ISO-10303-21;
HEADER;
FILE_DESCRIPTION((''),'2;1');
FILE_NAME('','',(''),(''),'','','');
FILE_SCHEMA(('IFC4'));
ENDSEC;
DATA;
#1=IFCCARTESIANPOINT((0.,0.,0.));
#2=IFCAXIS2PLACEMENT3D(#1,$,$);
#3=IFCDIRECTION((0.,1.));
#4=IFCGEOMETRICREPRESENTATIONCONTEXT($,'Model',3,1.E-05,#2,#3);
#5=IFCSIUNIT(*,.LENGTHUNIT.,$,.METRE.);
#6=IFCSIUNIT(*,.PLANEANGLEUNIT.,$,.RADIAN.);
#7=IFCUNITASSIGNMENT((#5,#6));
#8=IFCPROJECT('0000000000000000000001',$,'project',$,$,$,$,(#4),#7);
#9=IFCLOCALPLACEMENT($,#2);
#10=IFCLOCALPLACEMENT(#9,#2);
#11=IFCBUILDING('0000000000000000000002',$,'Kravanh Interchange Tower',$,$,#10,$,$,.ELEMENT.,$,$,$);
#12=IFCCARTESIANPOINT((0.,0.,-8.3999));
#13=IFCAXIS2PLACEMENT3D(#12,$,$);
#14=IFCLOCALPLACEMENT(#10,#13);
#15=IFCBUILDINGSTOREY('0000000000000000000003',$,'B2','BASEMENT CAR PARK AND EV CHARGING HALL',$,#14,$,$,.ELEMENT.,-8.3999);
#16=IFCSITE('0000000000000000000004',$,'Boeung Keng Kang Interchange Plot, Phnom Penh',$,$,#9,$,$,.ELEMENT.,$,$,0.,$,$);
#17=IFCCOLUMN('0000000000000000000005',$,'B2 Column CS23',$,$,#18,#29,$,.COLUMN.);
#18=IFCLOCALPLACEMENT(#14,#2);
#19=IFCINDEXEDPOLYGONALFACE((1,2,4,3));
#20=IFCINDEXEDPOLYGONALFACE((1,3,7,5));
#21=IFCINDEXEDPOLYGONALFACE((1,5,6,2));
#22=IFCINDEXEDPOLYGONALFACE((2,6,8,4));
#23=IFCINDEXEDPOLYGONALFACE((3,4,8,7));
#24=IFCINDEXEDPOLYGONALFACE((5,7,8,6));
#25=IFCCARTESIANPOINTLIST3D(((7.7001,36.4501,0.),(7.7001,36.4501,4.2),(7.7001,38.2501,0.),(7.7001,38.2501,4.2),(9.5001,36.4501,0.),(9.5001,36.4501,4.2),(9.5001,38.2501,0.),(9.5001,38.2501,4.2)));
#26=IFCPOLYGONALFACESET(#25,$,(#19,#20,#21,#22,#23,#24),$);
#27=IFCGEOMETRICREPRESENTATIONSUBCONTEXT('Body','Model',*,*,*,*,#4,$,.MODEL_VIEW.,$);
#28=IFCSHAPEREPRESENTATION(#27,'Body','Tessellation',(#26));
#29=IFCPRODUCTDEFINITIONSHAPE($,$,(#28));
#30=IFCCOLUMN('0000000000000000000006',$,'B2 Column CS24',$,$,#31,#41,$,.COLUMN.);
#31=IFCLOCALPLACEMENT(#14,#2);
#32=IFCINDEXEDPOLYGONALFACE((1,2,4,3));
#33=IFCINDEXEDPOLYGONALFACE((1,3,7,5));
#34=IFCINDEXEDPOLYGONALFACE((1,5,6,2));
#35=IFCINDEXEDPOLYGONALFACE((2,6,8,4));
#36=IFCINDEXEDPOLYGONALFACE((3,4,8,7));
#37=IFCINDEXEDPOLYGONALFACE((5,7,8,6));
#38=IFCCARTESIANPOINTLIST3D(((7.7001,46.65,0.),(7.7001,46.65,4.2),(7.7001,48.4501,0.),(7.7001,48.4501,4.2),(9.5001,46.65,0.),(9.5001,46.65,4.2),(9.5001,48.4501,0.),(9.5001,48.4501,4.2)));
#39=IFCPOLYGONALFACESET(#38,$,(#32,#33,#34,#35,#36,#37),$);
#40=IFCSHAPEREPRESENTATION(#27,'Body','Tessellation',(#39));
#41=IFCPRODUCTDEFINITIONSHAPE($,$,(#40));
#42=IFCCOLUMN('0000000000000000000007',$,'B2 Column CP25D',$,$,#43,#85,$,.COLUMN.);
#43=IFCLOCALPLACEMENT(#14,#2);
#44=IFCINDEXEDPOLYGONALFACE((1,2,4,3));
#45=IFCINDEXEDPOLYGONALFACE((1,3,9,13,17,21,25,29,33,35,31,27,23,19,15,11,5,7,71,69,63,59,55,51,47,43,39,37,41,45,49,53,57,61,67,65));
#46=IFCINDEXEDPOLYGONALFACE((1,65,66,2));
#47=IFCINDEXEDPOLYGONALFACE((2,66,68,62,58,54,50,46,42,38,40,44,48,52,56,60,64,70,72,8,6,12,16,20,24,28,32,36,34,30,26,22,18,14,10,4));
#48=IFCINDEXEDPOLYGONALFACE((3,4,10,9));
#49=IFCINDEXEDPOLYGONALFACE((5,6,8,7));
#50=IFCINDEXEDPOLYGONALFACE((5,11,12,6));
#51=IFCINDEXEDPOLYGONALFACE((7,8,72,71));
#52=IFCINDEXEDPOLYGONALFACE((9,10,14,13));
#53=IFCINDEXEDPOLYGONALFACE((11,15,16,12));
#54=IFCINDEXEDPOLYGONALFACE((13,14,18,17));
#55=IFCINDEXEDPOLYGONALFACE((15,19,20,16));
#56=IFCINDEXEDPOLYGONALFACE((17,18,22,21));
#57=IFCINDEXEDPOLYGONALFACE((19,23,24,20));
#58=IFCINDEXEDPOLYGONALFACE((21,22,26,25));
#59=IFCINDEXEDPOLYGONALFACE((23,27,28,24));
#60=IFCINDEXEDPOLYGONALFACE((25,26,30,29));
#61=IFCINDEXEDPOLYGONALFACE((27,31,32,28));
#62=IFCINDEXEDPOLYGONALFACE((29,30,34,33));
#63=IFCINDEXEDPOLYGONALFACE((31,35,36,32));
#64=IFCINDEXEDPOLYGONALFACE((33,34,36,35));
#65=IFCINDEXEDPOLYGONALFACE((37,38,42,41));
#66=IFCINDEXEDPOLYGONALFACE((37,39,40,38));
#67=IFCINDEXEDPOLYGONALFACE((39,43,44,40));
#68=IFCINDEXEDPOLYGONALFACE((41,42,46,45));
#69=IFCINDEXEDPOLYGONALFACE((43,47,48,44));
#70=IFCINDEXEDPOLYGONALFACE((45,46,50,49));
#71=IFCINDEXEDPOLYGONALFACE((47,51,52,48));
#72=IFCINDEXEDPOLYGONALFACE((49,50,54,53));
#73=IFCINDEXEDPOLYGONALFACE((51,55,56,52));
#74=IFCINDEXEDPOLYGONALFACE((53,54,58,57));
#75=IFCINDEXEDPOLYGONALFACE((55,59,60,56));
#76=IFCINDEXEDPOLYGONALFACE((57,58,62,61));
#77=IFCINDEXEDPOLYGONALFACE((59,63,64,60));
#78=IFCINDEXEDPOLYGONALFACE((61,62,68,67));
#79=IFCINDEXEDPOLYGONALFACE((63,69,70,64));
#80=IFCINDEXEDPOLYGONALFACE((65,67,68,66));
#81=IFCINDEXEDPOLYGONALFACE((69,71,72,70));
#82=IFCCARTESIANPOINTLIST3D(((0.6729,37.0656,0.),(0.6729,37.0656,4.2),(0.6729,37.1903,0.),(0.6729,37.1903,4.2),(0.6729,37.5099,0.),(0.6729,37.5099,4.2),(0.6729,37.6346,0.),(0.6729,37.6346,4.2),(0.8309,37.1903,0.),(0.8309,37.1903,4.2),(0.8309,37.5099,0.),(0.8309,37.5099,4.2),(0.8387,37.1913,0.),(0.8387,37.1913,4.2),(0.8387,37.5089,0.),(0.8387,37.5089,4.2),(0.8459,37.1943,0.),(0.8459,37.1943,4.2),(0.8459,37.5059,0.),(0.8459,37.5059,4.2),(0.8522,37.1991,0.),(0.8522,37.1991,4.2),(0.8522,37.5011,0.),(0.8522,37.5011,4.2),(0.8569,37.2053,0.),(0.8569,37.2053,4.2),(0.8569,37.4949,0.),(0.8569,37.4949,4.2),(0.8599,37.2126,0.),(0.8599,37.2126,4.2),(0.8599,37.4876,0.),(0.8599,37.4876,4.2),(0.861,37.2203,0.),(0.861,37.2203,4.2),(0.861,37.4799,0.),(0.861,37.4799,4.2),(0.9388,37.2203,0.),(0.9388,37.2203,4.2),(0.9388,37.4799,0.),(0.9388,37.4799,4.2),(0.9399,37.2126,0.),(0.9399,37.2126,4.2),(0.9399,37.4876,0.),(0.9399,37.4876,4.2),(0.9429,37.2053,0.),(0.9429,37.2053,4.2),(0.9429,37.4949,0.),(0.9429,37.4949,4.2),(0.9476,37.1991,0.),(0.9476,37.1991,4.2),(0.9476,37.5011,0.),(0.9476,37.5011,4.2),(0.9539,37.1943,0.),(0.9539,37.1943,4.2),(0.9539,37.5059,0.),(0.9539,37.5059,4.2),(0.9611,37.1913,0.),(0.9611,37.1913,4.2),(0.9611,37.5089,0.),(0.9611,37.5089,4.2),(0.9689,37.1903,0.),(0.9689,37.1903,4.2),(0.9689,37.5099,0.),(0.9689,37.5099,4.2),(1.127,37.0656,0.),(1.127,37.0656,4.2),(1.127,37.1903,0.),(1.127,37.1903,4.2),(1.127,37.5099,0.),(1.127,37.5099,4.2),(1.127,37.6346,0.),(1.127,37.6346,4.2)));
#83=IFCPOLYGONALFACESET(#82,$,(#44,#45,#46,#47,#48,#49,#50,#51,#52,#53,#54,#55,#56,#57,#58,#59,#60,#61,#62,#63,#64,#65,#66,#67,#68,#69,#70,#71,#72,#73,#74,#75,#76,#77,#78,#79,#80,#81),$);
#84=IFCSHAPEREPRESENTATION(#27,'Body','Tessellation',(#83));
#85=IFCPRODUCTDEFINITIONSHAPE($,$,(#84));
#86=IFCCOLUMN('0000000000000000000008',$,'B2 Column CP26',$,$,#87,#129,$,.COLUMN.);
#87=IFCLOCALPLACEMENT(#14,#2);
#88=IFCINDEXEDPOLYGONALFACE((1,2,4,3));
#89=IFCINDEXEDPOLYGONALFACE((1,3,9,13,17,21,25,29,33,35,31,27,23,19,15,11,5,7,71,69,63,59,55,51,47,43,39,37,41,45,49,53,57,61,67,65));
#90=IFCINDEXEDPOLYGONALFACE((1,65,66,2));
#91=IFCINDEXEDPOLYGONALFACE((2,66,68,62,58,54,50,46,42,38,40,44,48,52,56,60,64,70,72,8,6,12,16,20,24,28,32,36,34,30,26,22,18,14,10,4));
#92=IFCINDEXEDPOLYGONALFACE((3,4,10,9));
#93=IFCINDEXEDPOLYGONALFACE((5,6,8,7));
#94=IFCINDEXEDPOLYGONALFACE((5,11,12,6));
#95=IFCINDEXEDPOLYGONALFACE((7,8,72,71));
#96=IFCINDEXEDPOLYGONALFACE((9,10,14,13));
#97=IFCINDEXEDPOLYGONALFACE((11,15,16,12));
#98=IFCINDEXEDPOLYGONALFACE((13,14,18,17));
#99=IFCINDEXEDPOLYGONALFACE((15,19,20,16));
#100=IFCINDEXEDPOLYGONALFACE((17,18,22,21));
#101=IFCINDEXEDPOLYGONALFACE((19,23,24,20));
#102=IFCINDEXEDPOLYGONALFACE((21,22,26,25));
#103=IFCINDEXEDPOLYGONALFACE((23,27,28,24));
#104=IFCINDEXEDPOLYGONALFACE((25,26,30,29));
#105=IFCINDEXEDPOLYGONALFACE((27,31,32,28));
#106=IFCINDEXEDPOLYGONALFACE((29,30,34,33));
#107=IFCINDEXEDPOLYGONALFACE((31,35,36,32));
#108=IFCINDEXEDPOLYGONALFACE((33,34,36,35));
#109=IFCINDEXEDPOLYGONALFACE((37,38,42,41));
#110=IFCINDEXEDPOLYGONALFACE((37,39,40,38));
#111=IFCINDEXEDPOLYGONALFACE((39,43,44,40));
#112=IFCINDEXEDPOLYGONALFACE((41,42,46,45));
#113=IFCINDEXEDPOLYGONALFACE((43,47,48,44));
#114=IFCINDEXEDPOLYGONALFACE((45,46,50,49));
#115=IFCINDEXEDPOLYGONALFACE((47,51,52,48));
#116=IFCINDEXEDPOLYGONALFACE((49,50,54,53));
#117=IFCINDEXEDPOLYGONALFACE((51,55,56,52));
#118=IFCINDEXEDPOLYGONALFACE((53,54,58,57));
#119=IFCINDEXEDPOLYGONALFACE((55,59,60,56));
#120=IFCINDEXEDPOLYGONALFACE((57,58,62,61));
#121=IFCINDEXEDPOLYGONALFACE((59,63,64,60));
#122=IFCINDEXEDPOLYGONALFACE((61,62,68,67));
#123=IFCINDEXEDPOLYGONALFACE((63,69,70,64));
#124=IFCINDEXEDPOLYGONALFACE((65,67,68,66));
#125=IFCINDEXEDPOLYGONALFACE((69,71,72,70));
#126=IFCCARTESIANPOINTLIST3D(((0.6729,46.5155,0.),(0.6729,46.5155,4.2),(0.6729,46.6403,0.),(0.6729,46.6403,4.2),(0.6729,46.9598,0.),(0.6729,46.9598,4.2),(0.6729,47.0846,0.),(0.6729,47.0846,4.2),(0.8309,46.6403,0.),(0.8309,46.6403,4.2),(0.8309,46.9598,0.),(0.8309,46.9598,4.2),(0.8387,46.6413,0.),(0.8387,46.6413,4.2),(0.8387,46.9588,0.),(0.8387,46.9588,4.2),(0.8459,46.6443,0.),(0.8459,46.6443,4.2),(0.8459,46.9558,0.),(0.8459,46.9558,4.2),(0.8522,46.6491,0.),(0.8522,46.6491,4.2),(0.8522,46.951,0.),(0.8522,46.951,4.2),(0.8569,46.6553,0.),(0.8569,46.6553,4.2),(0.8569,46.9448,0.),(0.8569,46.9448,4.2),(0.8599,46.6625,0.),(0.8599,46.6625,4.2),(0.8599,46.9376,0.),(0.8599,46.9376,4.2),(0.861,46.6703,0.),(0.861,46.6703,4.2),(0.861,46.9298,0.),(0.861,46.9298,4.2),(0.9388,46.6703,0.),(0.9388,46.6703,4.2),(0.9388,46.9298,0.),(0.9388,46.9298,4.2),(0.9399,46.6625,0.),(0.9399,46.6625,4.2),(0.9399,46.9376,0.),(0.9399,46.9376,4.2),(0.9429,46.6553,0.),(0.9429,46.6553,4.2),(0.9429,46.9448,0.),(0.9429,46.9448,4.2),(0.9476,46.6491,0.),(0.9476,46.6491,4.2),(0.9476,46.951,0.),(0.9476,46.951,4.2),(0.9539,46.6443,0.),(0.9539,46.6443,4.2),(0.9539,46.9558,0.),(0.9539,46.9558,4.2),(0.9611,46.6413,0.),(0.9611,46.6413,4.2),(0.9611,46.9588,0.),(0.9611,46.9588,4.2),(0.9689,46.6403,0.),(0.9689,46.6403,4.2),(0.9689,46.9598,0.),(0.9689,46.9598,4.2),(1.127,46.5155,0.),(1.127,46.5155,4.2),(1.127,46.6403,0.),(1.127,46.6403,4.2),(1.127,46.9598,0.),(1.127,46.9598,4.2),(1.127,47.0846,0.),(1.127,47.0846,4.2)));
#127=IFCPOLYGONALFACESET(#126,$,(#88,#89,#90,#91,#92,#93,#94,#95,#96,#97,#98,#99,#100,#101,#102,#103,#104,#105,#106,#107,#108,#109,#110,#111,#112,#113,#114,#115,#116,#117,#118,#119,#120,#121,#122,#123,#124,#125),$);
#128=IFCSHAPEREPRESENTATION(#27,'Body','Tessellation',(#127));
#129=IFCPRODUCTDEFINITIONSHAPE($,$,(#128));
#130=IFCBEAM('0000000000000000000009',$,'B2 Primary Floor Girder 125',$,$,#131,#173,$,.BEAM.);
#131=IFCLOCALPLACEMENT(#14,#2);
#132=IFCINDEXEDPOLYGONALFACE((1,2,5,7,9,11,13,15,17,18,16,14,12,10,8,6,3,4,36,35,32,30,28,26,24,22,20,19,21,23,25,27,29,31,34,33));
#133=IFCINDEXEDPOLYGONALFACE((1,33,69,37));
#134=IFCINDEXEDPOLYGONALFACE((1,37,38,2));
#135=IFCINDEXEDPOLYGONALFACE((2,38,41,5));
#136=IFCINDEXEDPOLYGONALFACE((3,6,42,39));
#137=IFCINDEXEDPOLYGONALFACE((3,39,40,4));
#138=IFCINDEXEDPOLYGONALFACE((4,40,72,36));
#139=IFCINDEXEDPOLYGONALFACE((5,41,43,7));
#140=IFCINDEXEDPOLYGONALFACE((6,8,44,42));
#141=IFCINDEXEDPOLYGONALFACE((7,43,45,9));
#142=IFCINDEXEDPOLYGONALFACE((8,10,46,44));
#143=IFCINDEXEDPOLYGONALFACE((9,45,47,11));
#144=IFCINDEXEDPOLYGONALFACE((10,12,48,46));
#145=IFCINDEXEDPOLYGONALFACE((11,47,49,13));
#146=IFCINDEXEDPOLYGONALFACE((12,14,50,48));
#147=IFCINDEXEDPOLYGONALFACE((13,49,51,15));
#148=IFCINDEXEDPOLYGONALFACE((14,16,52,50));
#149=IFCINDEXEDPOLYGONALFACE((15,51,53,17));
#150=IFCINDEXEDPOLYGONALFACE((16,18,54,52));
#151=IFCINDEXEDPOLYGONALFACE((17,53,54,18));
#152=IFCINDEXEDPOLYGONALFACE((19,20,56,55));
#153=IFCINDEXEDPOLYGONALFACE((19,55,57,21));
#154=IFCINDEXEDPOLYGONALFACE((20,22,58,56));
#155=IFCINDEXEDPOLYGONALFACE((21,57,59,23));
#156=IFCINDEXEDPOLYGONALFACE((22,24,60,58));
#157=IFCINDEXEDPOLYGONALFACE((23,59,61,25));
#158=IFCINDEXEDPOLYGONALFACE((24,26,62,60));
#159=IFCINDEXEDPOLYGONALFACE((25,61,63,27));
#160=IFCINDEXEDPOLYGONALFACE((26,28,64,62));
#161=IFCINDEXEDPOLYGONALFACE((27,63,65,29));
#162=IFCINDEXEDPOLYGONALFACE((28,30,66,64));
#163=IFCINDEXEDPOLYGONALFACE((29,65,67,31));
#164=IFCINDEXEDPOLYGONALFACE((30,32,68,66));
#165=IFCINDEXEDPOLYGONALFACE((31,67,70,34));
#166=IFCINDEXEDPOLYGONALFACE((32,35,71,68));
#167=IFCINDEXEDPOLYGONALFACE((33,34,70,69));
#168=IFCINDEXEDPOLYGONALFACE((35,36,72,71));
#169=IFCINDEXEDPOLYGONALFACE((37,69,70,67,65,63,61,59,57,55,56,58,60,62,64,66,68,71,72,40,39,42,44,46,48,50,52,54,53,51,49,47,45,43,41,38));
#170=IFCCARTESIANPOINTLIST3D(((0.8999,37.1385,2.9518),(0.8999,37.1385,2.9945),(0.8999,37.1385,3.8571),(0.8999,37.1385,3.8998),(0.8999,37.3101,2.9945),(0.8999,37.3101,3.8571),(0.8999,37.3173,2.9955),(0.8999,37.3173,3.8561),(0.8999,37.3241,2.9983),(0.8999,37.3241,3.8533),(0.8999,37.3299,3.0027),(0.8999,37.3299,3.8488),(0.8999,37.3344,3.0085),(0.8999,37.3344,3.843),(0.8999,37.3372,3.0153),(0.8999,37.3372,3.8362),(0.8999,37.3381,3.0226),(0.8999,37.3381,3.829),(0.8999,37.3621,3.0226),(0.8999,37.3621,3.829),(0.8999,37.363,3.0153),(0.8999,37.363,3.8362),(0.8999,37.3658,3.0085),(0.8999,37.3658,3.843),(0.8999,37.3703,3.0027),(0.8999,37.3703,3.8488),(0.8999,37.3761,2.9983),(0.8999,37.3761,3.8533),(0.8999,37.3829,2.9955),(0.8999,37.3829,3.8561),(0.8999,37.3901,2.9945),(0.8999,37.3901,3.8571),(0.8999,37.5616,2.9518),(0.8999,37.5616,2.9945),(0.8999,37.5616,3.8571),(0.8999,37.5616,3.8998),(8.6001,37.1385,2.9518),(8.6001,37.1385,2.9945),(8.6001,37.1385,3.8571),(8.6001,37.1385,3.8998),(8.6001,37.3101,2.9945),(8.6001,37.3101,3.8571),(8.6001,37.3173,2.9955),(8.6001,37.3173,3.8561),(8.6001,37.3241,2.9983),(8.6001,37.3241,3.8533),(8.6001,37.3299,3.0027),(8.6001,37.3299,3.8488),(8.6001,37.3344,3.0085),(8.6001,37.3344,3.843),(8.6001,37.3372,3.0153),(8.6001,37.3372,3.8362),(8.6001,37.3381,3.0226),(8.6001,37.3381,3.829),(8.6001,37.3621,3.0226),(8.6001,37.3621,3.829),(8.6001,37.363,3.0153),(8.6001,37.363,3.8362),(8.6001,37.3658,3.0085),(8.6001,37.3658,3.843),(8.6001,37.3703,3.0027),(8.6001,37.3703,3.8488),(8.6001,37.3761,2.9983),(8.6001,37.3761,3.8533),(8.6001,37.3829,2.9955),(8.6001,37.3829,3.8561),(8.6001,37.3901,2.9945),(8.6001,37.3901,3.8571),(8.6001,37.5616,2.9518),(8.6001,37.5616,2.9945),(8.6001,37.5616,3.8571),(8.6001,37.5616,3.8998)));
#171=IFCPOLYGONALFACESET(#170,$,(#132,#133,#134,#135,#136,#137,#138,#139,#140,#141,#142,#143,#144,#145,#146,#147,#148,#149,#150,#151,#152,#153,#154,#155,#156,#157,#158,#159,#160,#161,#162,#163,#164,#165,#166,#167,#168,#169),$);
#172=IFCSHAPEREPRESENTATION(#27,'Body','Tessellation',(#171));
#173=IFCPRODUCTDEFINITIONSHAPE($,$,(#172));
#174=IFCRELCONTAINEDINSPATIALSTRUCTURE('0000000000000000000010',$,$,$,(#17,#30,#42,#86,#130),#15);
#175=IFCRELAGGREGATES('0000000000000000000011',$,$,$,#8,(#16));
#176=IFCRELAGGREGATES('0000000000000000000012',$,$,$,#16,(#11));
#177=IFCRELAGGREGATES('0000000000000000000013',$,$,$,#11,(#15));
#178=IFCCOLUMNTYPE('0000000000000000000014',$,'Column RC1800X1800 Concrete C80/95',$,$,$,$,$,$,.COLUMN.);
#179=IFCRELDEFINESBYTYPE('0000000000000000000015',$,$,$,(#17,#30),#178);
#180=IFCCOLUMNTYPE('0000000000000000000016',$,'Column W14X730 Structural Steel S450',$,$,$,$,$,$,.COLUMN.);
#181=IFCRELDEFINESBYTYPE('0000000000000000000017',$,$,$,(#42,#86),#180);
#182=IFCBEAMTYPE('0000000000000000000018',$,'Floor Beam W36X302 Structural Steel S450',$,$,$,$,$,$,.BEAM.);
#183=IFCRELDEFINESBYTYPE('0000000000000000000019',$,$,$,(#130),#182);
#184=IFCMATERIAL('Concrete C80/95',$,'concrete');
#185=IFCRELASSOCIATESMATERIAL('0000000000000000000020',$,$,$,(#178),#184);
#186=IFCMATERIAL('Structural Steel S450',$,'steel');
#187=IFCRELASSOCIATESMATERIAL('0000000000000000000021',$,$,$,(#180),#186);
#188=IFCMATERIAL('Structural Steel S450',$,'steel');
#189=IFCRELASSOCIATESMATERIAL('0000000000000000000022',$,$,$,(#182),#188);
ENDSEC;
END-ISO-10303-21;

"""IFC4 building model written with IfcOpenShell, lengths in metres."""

from ifc_helpers import new_model, si_unit, direction, frame, origin, origin_2d, place, context, subcontext, project, spatial, rectangle, i_section, extrude, material, material_profile, profile_set, type_object, element, save


model = new_model("IFC4")

# Units and contexts
model_context = context("Model", 3, precision=1e-05, world=origin(), true_north=direction((0.0, 1.0)))
body_context = subcontext(model_context, "Body", "Model", "MODEL_VIEW")
ifc_project = project(units=[si_unit("LENGTHUNIT", "METRE"), si_unit("PLANEANGLEUNIT", "RADIAN")], contexts=[model_context])

# Site, building, storey
site_placement = place(None, origin())
site = spatial("IfcSite", under=ifc_project, at=site_placement, Name="Boeung Keng Kang Interchange Plot, Phnom Penh", CompositionType="ELEMENT", RefElevation=0.0)
building_placement = place(site_placement, origin())
building = spatial("IfcBuilding", under=site, at=building_placement, Name="Kravanh Interchange Tower", CompositionType="ELEMENT")
storey_placement = place(building_placement, frame((0.0, 0.0, -8.3999)))
storey = spatial("IfcBuildingStorey", under=building, at=storey_placement, Name="B2", Description="BASEMENT CAR PARK AND EV CHARGING HALL", CompositionType="ELEMENT", Elevation=-8.3999)

# Columns
ifc_material_1 = material(Name="Concrete C80/95", Category="concrete")
ifc_material_profile_1 = material_profile(ifc_material_1, rectangle(XDim=1.8, YDim=1.8, at=origin_2d()), Name="RC1800X1800")
ifc_profile_set_1 = profile_set([ifc_material_profile_1], Name="Concrete C80/95")
column_type_1 = type_object("IfcColumnType", Name="Column RC1800X1800 Concrete C80/95", PredefinedType="COLUMN", material=ifc_profile_set_1)
for number, where, z_axis, x_axis, name in (
    (1, (8.6001, 37.3501, 0.0), (0.0, 0.0, 1.0), (1.0, 0.0, 0.0), "B2 Column CS23"),
    (2, (8.6001, 47.55, 0.0), (0.0, 0.0, 1.0), (1.0, 0.0, 0.0), "B2 Column CS24"),
):
    element("IfcColumn", number, at=place(storey_placement, frame(where, z_axis=z_axis, x_axis=x_axis)), inside=storey, type_object=column_type_1, Name=name, PredefinedType="COLUMN", context=body_context, shape_type="SweptSolid", body=[
        extrude(rectangle(XDim=1.8, YDim=1.8, at=origin_2d()), origin(), (0.0, 0.0, 1.0), 4.2),
    ])
ifc_material_2 = material(Name="Structural Steel S450", Category="steel")
ifc_material_profile_2 = material_profile(ifc_material_2, i_section(OverallWidth=0.4541, OverallDepth=0.5691, WebThickness=0.0779, FlangeThickness=0.1248, FilletRadius=0.03, at=origin_2d()), Name="W14X730")
ifc_profile_set_2 = profile_set([ifc_material_profile_2], Name="Structural Steel S450")
column_type_2 = type_object("IfcColumnType", Name="Column W14X730 Structural Steel S450", PredefinedType="COLUMN", material=ifc_profile_set_2)
for number, where, z_axis, x_axis, name in (
    (3, (0.8999, 37.3501, 0.0), (0.0, 0.0, 1.0), (1.0, 0.0, 0.0), "B2 Column CP25D"),
    (4, (0.8999, 46.8, 0.0), (0.0, 0.0, 1.0), (1.0, 0.0, 0.0), "B2 Column CP26"),
):
    element("IfcColumn", number, at=place(storey_placement, frame(where, z_axis=z_axis, x_axis=x_axis)), inside=storey, type_object=column_type_2, Name=name, PredefinedType="COLUMN", context=body_context, shape_type="SweptSolid", body=[
        extrude(i_section(OverallWidth=0.4541, OverallDepth=0.5691, WebThickness=0.0779, FlangeThickness=0.1248, FilletRadius=0.03, at=origin_2d()), origin(), (0.0, 0.0, 1.0), 4.2),
    ])

# Beam
ifc_material_3 = material(Name="Structural Steel S450", Category="steel")
ifc_material_profile_3 = material_profile(ifc_material_3, i_section(OverallWidth=0.4231, OverallDepth=0.948, WebThickness=0.0239, FlangeThickness=0.0427, FilletRadius=0.0281, at=origin_2d()), Name="W36X302")
ifc_profile_set_3 = profile_set([ifc_material_profile_3], Name="Structural Steel S450")
beam_type = type_object("IfcBeamType", Name="Floor Beam W36X302 Structural Steel S450", PredefinedType="BEAM", material=ifc_profile_set_3)
beam_1_placement = place(storey_placement, frame((0.8999, 37.3501, 3.4258), z_axis=(1.0, 0.0, 0.0), x_axis=(0.0, 1.0, 0.0)))
element("IfcBeam", 5, at=beam_1_placement, inside=storey, type_object=beam_type, Name="B2 Primary Floor Girder 125", PredefinedType="BEAM", context=body_context, shape_type="SweptSolid", body=[
    extrude(i_section(OverallWidth=0.4231, OverallDepth=0.948, WebThickness=0.0239, FlangeThickness=0.0427, FilletRadius=0.0281, at=origin_2d()), origin(), (0.0, 0.0, 1.0), 7.7002),
])

save(model, "model.ifc")
